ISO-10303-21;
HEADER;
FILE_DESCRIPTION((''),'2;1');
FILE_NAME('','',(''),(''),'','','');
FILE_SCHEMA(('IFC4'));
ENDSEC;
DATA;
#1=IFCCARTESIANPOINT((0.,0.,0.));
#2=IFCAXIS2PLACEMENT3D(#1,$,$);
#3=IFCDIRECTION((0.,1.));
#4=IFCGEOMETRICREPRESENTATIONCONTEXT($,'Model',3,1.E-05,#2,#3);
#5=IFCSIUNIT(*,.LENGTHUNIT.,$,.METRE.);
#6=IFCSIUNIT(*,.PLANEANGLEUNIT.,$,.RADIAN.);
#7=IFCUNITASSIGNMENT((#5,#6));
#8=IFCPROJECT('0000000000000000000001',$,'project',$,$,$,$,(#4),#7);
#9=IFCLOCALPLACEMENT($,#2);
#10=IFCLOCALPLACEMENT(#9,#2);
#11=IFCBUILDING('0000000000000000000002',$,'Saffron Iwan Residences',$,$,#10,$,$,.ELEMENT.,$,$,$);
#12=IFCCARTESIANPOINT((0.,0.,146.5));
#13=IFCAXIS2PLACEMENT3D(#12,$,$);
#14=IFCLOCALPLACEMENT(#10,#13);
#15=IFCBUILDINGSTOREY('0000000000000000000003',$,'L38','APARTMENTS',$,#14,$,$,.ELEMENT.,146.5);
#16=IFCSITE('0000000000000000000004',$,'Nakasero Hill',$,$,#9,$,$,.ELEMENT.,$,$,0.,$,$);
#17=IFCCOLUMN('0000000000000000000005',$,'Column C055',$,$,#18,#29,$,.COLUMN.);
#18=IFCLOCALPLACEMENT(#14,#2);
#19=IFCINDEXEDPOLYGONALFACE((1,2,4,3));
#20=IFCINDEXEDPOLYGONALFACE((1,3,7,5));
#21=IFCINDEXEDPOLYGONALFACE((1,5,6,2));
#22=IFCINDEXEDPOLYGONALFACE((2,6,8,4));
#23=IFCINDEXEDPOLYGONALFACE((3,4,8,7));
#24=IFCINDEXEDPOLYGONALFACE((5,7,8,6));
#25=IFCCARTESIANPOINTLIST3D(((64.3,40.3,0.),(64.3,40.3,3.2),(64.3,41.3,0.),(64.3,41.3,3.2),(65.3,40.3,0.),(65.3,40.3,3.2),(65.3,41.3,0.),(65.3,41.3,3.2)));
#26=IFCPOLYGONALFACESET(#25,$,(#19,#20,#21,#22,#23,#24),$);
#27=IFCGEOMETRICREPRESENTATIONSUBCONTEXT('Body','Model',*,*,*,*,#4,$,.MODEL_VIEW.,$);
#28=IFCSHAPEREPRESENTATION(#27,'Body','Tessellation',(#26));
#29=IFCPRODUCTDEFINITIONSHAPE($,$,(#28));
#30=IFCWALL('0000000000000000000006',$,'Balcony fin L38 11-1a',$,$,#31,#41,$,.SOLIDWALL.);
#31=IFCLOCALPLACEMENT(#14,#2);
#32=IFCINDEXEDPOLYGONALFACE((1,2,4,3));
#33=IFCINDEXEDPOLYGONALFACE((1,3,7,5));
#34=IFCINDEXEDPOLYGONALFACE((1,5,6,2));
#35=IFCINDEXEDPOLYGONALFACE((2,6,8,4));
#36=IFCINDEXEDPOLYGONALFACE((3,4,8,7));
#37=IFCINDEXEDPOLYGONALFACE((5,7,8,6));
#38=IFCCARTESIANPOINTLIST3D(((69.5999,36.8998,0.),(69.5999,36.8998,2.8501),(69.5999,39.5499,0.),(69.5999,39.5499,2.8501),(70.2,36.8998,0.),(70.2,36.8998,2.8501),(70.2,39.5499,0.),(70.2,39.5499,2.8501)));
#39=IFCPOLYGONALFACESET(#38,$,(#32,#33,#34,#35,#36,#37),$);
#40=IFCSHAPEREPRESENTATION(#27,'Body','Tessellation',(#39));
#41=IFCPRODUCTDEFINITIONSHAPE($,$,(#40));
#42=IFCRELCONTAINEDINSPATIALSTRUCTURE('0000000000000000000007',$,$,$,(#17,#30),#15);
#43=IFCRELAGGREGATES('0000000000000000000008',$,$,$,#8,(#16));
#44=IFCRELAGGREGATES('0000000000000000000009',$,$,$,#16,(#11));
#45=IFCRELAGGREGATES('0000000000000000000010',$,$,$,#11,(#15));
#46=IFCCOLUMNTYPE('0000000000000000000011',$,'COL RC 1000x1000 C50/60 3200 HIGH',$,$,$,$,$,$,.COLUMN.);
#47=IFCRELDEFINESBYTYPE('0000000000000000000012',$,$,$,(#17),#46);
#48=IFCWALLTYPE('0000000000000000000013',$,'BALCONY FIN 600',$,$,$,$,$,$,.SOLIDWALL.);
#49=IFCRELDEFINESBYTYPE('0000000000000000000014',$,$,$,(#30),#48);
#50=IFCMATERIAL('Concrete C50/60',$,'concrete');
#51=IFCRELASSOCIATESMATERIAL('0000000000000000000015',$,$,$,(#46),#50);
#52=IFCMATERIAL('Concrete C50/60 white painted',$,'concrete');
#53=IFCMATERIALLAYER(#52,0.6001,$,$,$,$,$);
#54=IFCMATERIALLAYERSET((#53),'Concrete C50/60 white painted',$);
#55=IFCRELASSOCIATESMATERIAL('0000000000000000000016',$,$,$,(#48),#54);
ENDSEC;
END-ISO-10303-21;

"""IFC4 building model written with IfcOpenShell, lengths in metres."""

from ifc_helpers import new_model, si_unit, direction, frame, frame_2d, origin, origin_2d, place, context, subcontext, project, spatial, rectangle, extrude, source, transform, mapped, material, layer, layer_set, material_profile, profile_set, type_object, element, save


model = new_model("IFC4")

# Units and contexts
model_context = context("Model", 3, precision=1e-05, world=origin(), true_north=direction((0.0, 1.0)))
body_context = subcontext(model_context, "Body", "Model", "MODEL_VIEW")
ifc_project = project(units=[si_unit("LENGTHUNIT", "METRE"), si_unit("PLANEANGLEUNIT", "RADIAN")], contexts=[model_context])

# Site, building, storey
site_placement = place(None, origin())
site = spatial("IfcSite", under=ifc_project, at=site_placement, Name="Nakasero Hill", CompositionType="ELEMENT", RefElevation=0.0)
building_placement = place(site_placement, origin())
building = spatial("IfcBuilding", under=site, at=building_placement, Name="Saffron Iwan Residences", CompositionType="ELEMENT")
storey_placement = place(building_placement, frame((0.0, 0.0, 146.5)))
storey = spatial("IfcBuildingStorey", under=building, at=storey_placement, Name="L38", Description="APARTMENTS", CompositionType="ELEMENT", Elevation=146.5)

# Column
ifc_material_1 = material(Name="Concrete C50/60", Category="concrete")
ifc_material_profile = material_profile(ifc_material_1, rectangle(XDim=1.0, YDim=1.0, at=origin_2d()), Name="RC 1000x1000")
ifc_profile_set = profile_set([ifc_material_profile], Name="Concrete C50/60")
column_type = type_object("IfcColumnType", Name="COL RC 1000x1000 C50/60 3200 HIGH", PredefinedType="COLUMN", material=ifc_profile_set)
shared_shape = source(origin(), body_context, "Body", "SweptSolid", [
    extrude(rectangle(XDim=1.0, YDim=1.0, at=origin_2d()), origin(), (0.0, 0.0, 1.0), 3.2),
])
column_placement = place(storey_placement, frame((64.8, 40.8, 0.0), z_axis=(0.0, 0.0, 1.0), x_axis=(1.0, 0.0, 0.0)))
element("IfcColumn", 1, at=column_placement, inside=storey, type_object=column_type, Name="Column C055", PredefinedType="COLUMN", context=body_context, shape_type="MappedRepresentation", body=[
    mapped(shared_shape, transform((0.0, 0.0, 0.0))),
])

# Wall
ifc_material_2 = material(Name="Concrete C50/60 white painted", Category="concrete")
ifc_layer_1 = layer(ifc_material_2, 0.6001)
ifc_layer_set_1 = layer_set([ifc_layer_1], Name="Concrete C50/60 white painted")
wall_type_1 = type_object("IfcWallType", Name="BALCONY FIN 600", PredefinedType="SOLIDWALL", material=ifc_layer_set_1)
wall_1_placement = place(storey_placement, frame((69.8999, 39.55, 0.0), z_axis=(0.0, 0.0, 1.0), x_axis=(0.0, -1.0, 0.0)))
element("IfcWall", 2, at=wall_1_placement, inside=storey, type_object=wall_type_1, Name="Balcony fin L38 11-1a", PredefinedType="SOLIDWALL", context=body_context, shape_type="SweptSolid", body=[
    extrude(rectangle(XDim=2.6501, YDim=0.6001, at=frame_2d((1.3252, 0.0))), origin(), (0.0, 0.0, 1.0), 2.8501),
])

save(model, "model.ifc")
